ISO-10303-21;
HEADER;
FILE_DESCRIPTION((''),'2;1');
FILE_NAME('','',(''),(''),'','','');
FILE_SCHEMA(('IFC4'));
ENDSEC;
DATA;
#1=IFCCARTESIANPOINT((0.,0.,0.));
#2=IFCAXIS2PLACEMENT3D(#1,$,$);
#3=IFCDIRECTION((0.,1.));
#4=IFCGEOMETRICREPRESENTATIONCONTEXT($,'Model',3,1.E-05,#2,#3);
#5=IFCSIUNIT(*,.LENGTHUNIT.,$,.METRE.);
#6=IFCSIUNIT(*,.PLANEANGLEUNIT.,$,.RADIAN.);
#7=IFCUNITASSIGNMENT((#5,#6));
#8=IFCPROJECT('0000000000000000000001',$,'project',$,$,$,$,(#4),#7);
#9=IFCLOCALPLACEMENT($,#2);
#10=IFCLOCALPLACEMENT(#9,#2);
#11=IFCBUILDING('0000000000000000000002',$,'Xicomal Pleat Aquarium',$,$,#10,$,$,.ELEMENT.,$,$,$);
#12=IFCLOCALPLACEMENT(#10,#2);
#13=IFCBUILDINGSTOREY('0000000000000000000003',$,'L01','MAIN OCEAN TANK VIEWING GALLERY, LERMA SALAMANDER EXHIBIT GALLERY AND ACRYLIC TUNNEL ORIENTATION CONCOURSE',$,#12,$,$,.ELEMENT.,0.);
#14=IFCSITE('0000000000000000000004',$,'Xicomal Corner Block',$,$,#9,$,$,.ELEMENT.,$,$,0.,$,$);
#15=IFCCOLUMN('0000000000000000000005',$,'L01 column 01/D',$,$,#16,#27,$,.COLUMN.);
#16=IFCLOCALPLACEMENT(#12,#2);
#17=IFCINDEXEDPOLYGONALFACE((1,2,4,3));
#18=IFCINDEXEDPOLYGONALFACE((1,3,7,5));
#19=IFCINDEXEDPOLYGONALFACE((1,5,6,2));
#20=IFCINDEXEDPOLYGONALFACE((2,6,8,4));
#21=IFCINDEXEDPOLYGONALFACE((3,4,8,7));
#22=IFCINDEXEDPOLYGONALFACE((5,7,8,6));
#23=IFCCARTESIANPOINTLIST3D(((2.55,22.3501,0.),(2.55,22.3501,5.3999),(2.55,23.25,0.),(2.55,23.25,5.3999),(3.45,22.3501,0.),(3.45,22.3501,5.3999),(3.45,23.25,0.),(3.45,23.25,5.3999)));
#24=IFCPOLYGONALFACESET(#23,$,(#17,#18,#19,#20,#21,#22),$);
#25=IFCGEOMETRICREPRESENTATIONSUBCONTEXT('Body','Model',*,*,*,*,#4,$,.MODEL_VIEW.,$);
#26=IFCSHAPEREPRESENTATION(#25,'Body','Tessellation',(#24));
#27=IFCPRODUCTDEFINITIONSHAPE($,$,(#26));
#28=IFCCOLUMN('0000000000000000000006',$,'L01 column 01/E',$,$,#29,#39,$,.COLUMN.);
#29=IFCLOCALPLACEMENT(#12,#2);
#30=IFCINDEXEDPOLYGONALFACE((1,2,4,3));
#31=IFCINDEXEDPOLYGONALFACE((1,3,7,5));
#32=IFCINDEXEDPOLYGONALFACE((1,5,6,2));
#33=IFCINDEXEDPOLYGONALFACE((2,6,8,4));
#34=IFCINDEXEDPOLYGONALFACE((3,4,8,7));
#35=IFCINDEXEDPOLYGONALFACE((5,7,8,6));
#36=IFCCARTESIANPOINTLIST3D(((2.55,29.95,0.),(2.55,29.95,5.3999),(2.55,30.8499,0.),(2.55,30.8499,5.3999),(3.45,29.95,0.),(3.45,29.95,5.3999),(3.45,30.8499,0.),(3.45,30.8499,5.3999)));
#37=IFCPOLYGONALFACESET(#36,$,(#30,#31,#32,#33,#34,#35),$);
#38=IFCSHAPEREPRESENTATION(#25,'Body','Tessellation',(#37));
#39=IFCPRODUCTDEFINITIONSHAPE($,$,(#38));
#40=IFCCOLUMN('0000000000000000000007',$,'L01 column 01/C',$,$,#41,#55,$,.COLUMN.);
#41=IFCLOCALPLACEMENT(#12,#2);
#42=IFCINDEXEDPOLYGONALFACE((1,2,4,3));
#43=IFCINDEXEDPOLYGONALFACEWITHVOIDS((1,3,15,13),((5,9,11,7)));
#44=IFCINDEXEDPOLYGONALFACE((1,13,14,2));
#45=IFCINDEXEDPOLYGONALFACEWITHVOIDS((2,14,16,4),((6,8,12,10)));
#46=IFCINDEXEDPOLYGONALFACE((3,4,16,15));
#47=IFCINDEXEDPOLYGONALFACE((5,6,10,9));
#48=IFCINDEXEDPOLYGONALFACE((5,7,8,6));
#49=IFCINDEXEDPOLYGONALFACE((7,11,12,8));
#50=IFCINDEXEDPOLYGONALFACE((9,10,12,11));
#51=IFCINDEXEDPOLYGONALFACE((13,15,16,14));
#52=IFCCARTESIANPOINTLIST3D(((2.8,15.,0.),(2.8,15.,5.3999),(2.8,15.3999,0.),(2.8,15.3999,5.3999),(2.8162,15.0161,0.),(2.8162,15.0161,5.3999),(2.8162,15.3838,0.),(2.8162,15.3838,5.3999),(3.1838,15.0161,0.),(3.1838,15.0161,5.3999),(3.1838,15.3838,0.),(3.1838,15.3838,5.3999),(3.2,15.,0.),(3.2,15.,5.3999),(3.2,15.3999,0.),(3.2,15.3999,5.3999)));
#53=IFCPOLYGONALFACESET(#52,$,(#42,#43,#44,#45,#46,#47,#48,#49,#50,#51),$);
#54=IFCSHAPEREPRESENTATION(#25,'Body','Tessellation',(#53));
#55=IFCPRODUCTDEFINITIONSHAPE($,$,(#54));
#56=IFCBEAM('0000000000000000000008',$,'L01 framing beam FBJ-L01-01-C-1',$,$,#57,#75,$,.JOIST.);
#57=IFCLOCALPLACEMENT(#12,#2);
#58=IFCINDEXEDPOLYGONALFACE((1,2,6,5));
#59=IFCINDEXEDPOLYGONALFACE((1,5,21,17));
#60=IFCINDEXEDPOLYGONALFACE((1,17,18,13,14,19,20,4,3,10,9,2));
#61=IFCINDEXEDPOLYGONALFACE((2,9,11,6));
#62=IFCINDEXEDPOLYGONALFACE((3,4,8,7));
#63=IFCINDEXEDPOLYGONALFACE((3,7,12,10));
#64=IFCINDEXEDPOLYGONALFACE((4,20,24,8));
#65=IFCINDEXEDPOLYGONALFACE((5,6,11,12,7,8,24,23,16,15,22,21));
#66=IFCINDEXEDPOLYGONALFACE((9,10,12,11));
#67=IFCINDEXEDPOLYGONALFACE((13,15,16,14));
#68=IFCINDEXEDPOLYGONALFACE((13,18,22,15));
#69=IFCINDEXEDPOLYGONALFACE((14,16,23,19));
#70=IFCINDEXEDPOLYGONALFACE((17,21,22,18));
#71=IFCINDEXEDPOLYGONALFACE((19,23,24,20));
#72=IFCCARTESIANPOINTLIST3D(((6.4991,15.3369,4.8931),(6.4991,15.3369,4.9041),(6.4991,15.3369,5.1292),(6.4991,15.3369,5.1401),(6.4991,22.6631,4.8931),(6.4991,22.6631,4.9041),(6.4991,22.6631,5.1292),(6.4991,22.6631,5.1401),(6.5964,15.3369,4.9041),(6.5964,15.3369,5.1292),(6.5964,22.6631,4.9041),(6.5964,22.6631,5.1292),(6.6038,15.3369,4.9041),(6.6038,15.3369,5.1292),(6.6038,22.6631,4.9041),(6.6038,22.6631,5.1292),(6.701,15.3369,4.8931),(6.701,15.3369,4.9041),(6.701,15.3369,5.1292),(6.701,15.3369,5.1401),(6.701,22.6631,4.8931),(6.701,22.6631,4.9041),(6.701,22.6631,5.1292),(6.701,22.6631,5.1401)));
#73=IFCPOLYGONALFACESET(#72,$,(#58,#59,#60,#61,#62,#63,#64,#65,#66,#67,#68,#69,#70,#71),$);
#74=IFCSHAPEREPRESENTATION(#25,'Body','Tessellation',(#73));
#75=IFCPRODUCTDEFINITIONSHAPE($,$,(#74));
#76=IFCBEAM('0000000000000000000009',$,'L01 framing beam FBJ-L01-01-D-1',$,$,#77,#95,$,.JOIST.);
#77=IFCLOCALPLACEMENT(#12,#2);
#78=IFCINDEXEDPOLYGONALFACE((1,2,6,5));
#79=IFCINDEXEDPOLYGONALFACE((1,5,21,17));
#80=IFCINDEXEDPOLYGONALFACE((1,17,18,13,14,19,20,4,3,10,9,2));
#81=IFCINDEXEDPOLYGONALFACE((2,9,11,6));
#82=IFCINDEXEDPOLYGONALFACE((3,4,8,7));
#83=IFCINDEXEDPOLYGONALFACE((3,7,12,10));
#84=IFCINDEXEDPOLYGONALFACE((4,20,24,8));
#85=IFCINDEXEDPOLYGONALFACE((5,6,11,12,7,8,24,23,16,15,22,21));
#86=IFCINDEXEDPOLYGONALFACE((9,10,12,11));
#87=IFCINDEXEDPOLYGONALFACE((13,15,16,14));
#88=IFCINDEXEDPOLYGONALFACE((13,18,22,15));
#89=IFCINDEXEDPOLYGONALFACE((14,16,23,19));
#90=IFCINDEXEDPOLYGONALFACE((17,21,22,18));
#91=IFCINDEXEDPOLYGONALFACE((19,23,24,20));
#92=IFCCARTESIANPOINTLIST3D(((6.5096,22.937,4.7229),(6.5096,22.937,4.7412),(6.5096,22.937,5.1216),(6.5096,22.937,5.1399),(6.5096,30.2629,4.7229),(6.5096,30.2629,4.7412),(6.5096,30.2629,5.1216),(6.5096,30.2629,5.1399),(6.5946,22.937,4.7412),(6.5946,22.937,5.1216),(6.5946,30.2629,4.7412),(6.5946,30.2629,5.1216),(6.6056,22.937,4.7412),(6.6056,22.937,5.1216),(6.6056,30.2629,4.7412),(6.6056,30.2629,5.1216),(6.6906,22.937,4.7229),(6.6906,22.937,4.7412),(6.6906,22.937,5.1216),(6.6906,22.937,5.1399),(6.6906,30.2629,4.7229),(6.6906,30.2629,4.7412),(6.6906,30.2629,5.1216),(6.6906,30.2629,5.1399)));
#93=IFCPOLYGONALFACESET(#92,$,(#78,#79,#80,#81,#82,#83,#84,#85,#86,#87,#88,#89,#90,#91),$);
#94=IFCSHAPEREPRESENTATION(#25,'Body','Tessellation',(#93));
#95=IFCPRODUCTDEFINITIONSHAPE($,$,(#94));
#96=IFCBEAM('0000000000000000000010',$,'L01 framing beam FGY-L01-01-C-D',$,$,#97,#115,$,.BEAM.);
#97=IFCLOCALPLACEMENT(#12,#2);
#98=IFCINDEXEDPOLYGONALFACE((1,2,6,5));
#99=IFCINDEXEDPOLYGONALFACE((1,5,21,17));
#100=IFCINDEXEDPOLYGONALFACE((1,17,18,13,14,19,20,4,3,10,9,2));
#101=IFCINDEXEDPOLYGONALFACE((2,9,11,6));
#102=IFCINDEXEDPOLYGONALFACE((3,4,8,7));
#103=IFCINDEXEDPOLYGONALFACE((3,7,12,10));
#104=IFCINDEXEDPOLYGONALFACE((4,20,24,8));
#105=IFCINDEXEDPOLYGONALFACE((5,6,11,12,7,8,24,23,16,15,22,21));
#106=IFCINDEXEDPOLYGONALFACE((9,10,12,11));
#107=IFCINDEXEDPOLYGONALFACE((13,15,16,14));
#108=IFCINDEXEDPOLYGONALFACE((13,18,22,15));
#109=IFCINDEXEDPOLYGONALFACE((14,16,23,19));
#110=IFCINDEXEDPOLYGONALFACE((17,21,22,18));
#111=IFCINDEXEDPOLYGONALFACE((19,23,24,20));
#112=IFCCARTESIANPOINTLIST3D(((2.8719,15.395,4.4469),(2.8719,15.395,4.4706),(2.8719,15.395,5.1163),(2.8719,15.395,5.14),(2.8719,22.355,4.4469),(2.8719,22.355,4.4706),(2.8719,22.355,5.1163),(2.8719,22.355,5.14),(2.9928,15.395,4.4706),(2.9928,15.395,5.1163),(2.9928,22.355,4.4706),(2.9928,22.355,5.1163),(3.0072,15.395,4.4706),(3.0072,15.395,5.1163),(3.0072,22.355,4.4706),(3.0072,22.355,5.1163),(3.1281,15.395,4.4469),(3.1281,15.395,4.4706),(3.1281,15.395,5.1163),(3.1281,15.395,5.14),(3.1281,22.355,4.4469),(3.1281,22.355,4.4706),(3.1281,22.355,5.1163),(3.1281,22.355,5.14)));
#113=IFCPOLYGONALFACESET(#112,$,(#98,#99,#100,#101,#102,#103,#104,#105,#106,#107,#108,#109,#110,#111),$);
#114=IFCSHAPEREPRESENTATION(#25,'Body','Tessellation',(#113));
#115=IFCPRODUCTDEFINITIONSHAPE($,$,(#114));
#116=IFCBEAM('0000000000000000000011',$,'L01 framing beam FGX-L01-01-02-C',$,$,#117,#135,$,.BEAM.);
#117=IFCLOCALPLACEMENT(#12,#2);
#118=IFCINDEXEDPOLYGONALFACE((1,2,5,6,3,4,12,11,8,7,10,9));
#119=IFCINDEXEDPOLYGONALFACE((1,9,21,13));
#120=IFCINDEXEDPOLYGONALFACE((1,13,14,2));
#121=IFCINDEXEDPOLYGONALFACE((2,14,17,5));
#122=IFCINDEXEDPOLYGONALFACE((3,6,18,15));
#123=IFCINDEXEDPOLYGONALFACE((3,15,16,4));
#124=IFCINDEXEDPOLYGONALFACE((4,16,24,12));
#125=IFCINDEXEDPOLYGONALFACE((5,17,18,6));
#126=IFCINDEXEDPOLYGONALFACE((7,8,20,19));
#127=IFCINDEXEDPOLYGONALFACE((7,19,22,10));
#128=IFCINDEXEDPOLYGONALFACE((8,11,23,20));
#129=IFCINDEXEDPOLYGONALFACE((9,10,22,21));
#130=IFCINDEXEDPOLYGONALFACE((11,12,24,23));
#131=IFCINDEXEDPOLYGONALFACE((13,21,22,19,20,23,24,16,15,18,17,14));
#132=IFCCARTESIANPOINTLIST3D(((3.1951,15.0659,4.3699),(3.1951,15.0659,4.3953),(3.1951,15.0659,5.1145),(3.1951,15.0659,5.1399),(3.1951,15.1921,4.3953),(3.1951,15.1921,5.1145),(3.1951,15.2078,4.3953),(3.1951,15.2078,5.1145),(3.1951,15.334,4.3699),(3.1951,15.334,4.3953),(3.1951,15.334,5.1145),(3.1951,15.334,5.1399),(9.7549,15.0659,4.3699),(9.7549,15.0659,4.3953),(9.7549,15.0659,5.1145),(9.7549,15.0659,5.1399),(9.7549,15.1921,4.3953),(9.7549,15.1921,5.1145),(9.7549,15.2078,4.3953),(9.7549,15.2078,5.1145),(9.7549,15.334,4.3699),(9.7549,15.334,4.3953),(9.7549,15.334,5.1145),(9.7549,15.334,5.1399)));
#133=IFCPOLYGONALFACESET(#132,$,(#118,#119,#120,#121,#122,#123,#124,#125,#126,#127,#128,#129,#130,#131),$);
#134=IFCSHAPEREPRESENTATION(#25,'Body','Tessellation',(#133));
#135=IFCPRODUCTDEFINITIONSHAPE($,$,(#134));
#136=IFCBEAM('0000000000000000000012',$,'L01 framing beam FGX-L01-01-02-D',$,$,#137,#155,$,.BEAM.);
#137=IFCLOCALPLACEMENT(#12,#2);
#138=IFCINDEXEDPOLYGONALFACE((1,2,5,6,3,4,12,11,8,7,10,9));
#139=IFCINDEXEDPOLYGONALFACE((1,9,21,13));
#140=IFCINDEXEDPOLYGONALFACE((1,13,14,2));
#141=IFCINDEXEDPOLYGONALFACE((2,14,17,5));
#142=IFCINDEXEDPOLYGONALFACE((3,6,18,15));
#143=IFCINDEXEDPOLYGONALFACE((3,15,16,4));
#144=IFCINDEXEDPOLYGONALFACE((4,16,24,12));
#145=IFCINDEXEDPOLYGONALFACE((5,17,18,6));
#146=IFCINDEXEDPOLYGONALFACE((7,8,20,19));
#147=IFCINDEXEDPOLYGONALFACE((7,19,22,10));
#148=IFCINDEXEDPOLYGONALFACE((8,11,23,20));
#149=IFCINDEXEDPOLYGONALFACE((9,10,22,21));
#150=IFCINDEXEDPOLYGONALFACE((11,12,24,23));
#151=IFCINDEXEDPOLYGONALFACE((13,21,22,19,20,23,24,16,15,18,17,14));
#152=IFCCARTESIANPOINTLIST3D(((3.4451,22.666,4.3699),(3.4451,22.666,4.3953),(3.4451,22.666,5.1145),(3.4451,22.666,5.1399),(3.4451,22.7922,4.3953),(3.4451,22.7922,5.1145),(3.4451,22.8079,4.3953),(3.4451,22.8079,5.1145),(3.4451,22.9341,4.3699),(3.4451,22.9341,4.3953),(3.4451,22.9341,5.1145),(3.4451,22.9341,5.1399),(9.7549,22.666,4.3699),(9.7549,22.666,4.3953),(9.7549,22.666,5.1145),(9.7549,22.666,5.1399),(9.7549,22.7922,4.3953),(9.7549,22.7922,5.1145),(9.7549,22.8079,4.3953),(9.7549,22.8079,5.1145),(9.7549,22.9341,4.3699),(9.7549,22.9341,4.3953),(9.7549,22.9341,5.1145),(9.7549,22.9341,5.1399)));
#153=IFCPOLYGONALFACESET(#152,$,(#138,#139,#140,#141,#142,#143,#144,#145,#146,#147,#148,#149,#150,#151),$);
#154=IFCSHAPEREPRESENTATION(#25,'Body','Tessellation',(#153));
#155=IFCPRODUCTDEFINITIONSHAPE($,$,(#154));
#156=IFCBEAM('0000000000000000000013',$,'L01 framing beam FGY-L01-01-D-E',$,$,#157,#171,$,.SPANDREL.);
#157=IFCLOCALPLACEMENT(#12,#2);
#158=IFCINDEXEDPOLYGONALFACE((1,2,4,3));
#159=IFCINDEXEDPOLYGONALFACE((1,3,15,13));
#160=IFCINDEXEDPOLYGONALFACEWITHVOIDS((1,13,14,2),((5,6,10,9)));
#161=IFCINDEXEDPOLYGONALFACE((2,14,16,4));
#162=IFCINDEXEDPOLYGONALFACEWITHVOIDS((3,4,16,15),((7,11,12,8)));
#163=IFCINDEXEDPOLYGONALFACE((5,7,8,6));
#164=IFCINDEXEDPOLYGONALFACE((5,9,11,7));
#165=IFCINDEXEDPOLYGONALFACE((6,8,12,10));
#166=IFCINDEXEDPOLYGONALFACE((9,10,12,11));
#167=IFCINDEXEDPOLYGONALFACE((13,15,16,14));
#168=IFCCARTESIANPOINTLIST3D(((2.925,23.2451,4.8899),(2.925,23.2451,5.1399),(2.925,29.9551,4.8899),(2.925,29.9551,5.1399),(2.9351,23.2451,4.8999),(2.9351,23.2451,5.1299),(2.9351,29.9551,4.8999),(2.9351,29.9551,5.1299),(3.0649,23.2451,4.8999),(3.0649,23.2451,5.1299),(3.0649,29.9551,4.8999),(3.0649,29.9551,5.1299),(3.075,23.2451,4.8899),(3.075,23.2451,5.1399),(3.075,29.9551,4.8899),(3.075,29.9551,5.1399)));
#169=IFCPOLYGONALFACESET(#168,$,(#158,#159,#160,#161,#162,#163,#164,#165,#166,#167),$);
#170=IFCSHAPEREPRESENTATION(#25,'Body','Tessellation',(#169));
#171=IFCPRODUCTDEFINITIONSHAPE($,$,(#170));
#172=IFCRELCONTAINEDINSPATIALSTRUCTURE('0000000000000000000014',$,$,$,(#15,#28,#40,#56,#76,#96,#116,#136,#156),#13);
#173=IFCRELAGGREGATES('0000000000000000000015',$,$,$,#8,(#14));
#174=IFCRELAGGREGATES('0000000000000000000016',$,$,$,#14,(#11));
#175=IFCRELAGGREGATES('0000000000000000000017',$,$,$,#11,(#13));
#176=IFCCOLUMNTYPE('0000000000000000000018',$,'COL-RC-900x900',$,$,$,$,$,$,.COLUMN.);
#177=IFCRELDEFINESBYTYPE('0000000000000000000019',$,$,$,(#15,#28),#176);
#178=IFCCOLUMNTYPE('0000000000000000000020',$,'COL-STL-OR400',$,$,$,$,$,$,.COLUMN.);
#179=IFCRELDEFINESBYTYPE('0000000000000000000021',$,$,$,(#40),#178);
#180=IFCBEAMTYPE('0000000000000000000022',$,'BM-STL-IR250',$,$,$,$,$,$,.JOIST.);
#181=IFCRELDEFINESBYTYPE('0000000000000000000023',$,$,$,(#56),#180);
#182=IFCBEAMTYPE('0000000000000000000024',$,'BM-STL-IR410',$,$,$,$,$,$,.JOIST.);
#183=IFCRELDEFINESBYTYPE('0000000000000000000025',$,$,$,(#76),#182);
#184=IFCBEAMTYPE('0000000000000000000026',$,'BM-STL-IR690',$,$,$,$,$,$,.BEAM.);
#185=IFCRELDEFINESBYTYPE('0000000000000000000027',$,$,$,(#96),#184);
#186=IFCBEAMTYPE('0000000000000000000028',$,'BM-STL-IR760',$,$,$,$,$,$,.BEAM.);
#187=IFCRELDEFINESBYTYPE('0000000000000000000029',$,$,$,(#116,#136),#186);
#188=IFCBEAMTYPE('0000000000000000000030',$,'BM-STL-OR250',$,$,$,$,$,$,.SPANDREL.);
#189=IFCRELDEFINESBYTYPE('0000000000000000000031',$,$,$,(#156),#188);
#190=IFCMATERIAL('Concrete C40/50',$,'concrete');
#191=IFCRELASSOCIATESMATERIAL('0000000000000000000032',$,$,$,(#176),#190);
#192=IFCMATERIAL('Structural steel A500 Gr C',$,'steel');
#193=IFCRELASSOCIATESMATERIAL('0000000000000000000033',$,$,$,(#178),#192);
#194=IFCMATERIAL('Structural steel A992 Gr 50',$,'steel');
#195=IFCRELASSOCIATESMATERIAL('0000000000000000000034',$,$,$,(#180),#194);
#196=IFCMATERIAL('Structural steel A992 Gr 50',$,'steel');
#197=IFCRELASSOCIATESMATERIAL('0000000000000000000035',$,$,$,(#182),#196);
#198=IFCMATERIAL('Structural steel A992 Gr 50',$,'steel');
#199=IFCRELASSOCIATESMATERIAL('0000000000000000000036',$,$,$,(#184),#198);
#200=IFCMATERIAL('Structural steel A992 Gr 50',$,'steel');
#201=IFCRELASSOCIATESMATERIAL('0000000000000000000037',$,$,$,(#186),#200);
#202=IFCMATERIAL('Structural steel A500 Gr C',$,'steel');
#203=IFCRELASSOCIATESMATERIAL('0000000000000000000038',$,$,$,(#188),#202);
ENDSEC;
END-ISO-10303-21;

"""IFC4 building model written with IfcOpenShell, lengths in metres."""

from ifc_helpers import new_model, si_unit, direction, frame, origin, origin_2d, place, context, subcontext, project, spatial, rectangle, hollow_rectangle, i_section, extrude, material, material_profile, profile_set, type_object, element, save


model = new_model("IFC4")

# Units and contexts
model_context = context("Model", 3, precision=1e-05, world=origin(), true_north=direction((0.0, 1.0)))
body_context = subcontext(model_context, "Body", "Model", "MODEL_VIEW")
ifc_project = project(units=[si_unit("LENGTHUNIT", "METRE"), si_unit("PLANEANGLEUNIT", "RADIAN")], contexts=[model_context])

# Site, building, storey
site_placement = place(None, origin())
site = spatial("IfcSite", under=ifc_project, at=site_placement, Name="Xicomal Corner Block", CompositionType="ELEMENT", RefElevation=0.0)
building_placement = place(site_placement, origin())
building = spatial("IfcBuilding", under=site, at=building_placement, Name="Xicomal Pleat Aquarium", CompositionType="ELEMENT")
storey_placement = place(building_placement, origin())
storey = spatial("IfcBuildingStorey", under=building, at=storey_placement, Name="L01", Description="MAIN OCEAN TANK VIEWING GALLERY, LERMA SALAMANDER EXHIBIT GALLERY AND ACRYLIC TUNNEL ORIENTATION CONCOURSE", CompositionType="ELEMENT", Elevation=0.0)

# Columns
ifc_material_1 = material(Name="Concrete C40/50", Category="concrete")
ifc_material_profile_1 = material_profile(ifc_material_1, rectangle(XDim=0.8999, YDim=0.8999, at=origin_2d()), Name="RC 900x900")
ifc_profile_set_1 = profile_set([ifc_material_profile_1], Name="Concrete C40/50")
column_type_1 = type_object("IfcColumnType", Name="COL-RC-900x900", PredefinedType="COLUMN", material=ifc_profile_set_1)
for number, where, z_axis, x_axis, name in (
    (1, (3.0, 22.8, 0.0), (0.0, 0.0, 1.0), (1.0, 0.0, 0.0), "L01 column 01/D"),
    (2, (3.0, 30.3999, 0.0), (0.0, 0.0, 1.0), (1.0, 0.0, 0.0), "L01 column 01/E"),
):
    element("IfcColumn", number, at=place(storey_placement, frame(where, z_axis=z_axis, x_axis=x_axis)), inside=storey, type_object=column_type_1, Name=name, PredefinedType="COLUMN", context=body_context, shape_type="SweptSolid", body=[
        extrude(rectangle(XDim=0.8999, YDim=0.8999, at=origin_2d()), origin(), (0.0, 0.0, 1.0), 5.3999),
    ])
ifc_material_2 = material(Name="Structural steel A500 Gr C", Category="steel")
ifc_material_profile_2 = material_profile(ifc_material_2, hollow_rectangle(XDim=0.3999, YDim=0.3999, WallThickness=0.0161, at=origin_2d()), Name="OR 400x400x16")
ifc_profile_set_2 = profile_set([ifc_material_profile_2], Name="Structural steel A500 Gr C")
column_type_2 = type_object("IfcColumnType", Name="COL-STL-OR400", PredefinedType="COLUMN", material=ifc_profile_set_2)
column_placement = place(storey_placement, frame((3.0, 15.2, 0.0), z_axis=(0.0, 0.0, 1.0), x_axis=(1.0, 0.0, 0.0)))
element("IfcColumn", 3, at=column_placement, inside=storey, type_object=column_type_2, Name="L01 column 01/C", PredefinedType="COLUMN", context=body_context, shape_type="SweptSolid", body=[
    extrude(hollow_rectangle(XDim=0.3999, YDim=0.3999, WallThickness=0.0161, at=origin_2d()), origin(), (0.0, 0.0, 1.0), 5.3999),
])

# Beams
ifc_material_3 = material(Name="Structural steel A992 Gr 50", Category="steel")
ifc_material_profile_3 = material_profile(ifc_material_3, i_section(OverallWidth=0.2019, OverallDepth=0.2471, WebThickness=0.0073, FlangeThickness=0.011, at=origin_2d()), Name="IR 250x49")
ifc_profile_set_3 = profile_set([ifc_material_profile_3], Name="Structural steel A992 Gr 50")
beam_type_1 = type_object("IfcBeamType", Name="BM-STL-IR250", PredefinedType="JOIST", material=ifc_profile_set_3)
beam_1_placement = place(storey_placement, frame((6.6001, 15.3369, 5.0166), z_axis=(0.0, 1.0, 0.0), x_axis=(-1.0, 0.0, 0.0)))
element("IfcBeam", 4, at=beam_1_placement, inside=storey, type_object=beam_type_1, Name="L01 framing beam FBJ-L01-01-C-1", PredefinedType="JOIST", context=body_context, shape_type="SweptSolid", body=[
    extrude(i_section(OverallWidth=0.2019, OverallDepth=0.2471, WebThickness=0.0073, FlangeThickness=0.011, at=origin_2d()), origin(), (0.0, 0.0, 1.0), 7.3262),
])
ifc_material_4 = material(Name="Structural steel A992 Gr 50", Category="steel")
ifc_material_profile_4 = material_profile(ifc_material_4, i_section(OverallWidth=0.1809, OverallDepth=0.417, WebThickness=0.011, FlangeThickness=0.0183, at=origin_2d()), Name="IR 410x85")
ifc_profile_set_4 = profile_set([ifc_material_profile_4], Name="Structural steel A992 Gr 50")
beam_type_2 = type_object("IfcBeamType", Name="BM-STL-IR410", PredefinedType="JOIST", material=ifc_profile_set_4)
beam_2_placement = place(storey_placement, frame((6.6001, 22.937, 4.9314), z_axis=(0.0, 1.0, 0.0), x_axis=(-1.0, 0.0, 0.0)))
element("IfcBeam", 5, at=beam_2_placement, inside=storey, type_object=beam_type_2, Name="L01 framing beam FBJ-L01-01-D-1", PredefinedType="JOIST", context=body_context, shape_type="SweptSolid", body=[
    extrude(i_section(OverallWidth=0.1809, OverallDepth=0.417, WebThickness=0.011, FlangeThickness=0.0183, at=origin_2d()), origin(), (0.0, 0.0, 1.0), 7.3259),
])
ifc_material_5 = material(Name="Structural steel A992 Gr 50", Category="steel")
ifc_material_profile_5 = material_profile(ifc_material_5, i_section(OverallWidth=0.2561, OverallDepth=0.6931, WebThickness=0.0144, FlangeThickness=0.0237, at=origin_2d()), Name="IR 690x170")
ifc_profile_set_5 = profile_set([ifc_material_profile_5], Name="Structural steel A992 Gr 50")
beam_type_3 = type_object("IfcBeamType", Name="BM-STL-IR690", PredefinedType="BEAM", material=ifc_profile_set_5)
beam_3_placement = place(storey_placement, frame((3.0, 15.395, 4.7935), z_axis=(0.0, 1.0, 0.0), x_axis=(-1.0, 0.0, 0.0)))
element("IfcBeam", 6, at=beam_3_placement, inside=storey, type_object=beam_type_3, Name="L01 framing beam FGY-L01-01-C-D", PredefinedType="BEAM", context=body_context, shape_type="SweptSolid", body=[
    extrude(i_section(OverallWidth=0.2561, OverallDepth=0.6931, WebThickness=0.0144, FlangeThickness=0.0237, at=origin_2d()), origin(), (0.0, 0.0, 1.0), 6.96),
])
ifc_material_6 = material(Name="Structural steel A992 Gr 50", Category="steel")
ifc_material_profile_6 = material_profile(ifc_material_6, i_section(OverallWidth=0.2681, OverallDepth=0.77, WebThickness=0.0156, FlangeThickness=0.0254, at=origin_2d()), Name="IR 760x196")
ifc_profile_set_6 = profile_set([ifc_material_profile_6], Name="Structural steel A992 Gr 50")
beam_type_4 = type_object("IfcBeamType", Name="BM-STL-IR760", PredefinedType="BEAM", material=ifc_profile_set_6)
beam_4_placement = place(storey_placement, frame((3.1951, 15.2, 4.7549), z_axis=(1.0, 0.0, 0.0), x_axis=(0.0, 1.0, 0.0)))
element("IfcBeam", 7, at=beam_4_placement, inside=storey, type_object=beam_type_4, Name="L01 framing beam FGX-L01-01-02-C", PredefinedType="BEAM", context=body_context, shape_type="SweptSolid", body=[
    extrude(i_section(OverallWidth=0.2681, OverallDepth=0.77, WebThickness=0.0156, FlangeThickness=0.0254, at=origin_2d()), origin(), (0.0, 0.0, 1.0), 6.5598),
])
beam_5_placement = place(storey_placement, frame((3.4451, 22.8, 4.7549), z_axis=(1.0, 0.0, 0.0), x_axis=(0.0, 1.0, 0.0)))
element("IfcBeam", 8, at=beam_5_placement, inside=storey, type_object=beam_type_4, Name="L01 framing beam FGX-L01-01-02-D", PredefinedType="BEAM", context=body_context, shape_type="SweptSolid", body=[
    extrude(i_section(OverallWidth=0.2681, OverallDepth=0.77, WebThickness=0.0156, FlangeThickness=0.0254, at=origin_2d()), origin(), (0.0, 0.0, 1.0), 6.3098),
])
ifc_material_7 = material(Name="Structural steel A500 Gr C", Category="steel")
ifc_material_profile_7 = material_profile(ifc_material_7, hollow_rectangle(XDim=0.1499, YDim=0.25, WallThickness=0.01, at=origin_2d()), Name="OR 250x150x10")
ifc_profile_set_7 = profile_set([ifc_material_profile_7], Name="Structural steel A500 Gr C")
beam_type_5 = type_object("IfcBeamType", Name="BM-STL-OR250", PredefinedType="SPANDREL", material=ifc_profile_set_7)
beam_6_placement = place(storey_placement, frame((3.0, 23.2451, 5.0149), z_axis=(0.0, 1.0, 0.0), x_axis=(-1.0, 0.0, 0.0)))
element("IfcBeam", 9, at=beam_6_placement, inside=storey, type_object=beam_type_5, Name="L01 framing beam FGY-L01-01-D-E", PredefinedType="SPANDREL", context=body_context, shape_type="SweptSolid", body=[
    extrude(hollow_rectangle(XDim=0.1499, YDim=0.25, WallThickness=0.01, at=origin_2d()), origin(), (0.0, 0.0, 1.0), 6.71),
])

save(model, "model.ifc")
